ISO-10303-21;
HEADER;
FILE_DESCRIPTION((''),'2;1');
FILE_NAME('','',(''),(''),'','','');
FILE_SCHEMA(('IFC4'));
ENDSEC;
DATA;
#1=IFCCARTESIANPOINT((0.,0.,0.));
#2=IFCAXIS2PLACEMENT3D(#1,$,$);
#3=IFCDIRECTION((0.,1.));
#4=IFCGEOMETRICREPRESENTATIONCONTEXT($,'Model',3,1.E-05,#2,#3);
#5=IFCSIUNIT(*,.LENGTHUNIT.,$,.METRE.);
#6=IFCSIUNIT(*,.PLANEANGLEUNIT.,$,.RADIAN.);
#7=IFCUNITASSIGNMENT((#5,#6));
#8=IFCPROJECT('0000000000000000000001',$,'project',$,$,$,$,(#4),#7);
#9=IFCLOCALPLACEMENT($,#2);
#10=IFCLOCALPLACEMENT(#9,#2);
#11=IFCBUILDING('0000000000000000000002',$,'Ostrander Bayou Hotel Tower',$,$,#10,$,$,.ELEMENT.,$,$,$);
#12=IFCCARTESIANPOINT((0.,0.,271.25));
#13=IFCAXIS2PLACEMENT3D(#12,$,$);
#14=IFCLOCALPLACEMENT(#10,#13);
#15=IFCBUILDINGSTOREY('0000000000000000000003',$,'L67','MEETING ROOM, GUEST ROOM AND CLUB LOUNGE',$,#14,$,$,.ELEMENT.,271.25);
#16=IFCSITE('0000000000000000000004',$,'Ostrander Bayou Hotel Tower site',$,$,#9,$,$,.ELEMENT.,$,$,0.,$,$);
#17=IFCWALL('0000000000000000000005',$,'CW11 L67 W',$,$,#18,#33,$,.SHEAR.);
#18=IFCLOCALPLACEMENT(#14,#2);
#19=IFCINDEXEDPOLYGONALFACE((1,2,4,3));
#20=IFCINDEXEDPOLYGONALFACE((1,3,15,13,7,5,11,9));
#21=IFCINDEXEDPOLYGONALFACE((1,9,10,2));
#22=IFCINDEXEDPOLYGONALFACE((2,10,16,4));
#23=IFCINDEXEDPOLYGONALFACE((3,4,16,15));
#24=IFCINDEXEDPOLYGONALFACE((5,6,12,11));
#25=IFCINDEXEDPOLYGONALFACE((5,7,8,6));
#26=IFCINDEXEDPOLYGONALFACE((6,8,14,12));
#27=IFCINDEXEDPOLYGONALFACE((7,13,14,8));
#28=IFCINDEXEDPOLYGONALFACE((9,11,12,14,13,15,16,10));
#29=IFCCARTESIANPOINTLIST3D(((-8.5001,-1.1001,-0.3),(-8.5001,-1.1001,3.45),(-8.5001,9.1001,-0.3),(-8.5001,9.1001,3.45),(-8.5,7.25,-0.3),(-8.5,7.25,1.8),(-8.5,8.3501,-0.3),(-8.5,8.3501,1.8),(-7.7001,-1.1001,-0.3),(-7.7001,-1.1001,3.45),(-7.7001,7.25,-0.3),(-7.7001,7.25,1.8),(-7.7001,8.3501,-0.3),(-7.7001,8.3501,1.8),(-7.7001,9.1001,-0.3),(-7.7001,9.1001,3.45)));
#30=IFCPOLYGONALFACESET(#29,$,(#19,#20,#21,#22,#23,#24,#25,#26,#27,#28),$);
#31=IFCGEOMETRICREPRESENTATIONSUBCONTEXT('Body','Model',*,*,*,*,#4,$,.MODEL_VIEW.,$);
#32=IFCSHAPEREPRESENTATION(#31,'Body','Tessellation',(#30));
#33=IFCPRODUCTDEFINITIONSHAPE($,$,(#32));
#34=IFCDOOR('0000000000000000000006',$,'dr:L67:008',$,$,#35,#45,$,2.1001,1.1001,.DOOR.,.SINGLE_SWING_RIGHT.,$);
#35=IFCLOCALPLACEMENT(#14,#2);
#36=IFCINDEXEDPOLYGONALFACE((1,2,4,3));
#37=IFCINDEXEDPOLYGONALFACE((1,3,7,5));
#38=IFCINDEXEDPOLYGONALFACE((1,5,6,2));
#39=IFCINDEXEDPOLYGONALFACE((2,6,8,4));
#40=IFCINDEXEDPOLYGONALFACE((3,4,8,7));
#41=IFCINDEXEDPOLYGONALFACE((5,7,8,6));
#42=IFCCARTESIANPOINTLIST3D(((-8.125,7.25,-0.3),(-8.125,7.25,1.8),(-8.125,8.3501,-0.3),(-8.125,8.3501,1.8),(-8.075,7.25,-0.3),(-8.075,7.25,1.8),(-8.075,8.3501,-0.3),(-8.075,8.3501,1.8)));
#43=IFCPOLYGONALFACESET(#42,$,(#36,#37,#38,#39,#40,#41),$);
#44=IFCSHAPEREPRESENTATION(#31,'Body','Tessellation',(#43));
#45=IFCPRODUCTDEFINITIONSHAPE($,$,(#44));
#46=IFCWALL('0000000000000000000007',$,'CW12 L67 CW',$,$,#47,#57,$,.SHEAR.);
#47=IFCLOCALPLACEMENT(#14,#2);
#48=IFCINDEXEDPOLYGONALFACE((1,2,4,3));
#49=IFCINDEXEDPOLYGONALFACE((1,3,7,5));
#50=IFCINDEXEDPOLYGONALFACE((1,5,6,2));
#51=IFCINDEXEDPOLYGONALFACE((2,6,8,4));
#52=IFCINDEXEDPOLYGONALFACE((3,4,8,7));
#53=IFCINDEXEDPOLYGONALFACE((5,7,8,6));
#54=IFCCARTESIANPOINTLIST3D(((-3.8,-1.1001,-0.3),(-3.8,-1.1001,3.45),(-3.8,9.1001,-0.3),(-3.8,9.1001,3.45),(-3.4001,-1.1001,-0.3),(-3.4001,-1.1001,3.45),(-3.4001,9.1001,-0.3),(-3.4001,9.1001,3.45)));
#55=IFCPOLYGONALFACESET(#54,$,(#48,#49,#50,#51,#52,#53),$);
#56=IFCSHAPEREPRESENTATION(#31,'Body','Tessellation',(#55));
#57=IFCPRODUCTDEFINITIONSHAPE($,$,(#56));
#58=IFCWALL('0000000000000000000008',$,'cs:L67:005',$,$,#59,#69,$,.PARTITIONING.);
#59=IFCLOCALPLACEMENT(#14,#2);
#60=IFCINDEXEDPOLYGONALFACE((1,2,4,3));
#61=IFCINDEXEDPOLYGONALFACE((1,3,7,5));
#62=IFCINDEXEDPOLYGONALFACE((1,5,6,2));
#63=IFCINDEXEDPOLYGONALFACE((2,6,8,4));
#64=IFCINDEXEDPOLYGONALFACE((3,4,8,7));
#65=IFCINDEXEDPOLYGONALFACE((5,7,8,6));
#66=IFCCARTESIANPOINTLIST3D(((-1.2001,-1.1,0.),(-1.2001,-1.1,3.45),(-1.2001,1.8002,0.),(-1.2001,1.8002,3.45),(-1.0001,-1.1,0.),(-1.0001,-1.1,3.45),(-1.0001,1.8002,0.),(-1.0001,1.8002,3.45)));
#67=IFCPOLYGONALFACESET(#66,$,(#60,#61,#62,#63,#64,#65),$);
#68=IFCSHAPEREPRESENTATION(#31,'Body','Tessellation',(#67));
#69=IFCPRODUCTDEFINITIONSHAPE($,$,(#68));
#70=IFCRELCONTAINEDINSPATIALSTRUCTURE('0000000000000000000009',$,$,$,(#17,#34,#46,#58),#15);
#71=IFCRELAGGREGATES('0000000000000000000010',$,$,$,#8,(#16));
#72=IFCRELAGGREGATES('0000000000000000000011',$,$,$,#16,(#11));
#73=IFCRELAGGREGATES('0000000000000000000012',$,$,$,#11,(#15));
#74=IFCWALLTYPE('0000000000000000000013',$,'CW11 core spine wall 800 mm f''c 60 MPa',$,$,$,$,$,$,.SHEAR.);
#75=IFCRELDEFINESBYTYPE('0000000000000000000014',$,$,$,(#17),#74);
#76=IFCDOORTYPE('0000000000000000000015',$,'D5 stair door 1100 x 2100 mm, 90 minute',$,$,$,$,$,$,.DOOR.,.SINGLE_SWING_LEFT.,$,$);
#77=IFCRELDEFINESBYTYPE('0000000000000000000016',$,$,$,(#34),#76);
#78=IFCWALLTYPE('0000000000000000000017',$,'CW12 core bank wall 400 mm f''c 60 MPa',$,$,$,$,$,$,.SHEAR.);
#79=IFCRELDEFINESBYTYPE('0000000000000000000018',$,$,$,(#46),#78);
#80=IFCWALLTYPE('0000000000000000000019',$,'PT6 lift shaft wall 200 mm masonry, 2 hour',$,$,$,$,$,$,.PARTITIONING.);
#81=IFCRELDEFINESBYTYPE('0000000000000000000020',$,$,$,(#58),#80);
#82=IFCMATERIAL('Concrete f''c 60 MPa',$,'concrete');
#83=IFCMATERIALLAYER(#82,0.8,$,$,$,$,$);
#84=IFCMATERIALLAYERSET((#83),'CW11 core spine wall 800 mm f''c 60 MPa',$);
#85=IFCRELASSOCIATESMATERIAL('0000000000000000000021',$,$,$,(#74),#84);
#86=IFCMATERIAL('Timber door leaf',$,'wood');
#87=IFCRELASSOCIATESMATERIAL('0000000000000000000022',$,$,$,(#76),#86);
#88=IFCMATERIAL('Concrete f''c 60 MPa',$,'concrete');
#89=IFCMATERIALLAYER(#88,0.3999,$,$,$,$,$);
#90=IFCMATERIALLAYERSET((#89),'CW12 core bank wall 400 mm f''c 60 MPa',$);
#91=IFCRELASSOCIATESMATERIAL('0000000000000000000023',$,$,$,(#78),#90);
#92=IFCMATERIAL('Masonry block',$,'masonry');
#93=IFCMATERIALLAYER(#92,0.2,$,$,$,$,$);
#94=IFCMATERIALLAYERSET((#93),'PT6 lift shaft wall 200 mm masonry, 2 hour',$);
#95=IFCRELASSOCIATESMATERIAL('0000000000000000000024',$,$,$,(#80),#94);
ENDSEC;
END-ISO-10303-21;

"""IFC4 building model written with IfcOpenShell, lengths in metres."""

from ifc_helpers import new_model, si_unit, direction, frame, frame_2d, origin, place, context, subcontext, project, spatial, rectangle, extrude, material, layer, layer_set, type_object, element, fill, save


model = new_model("IFC4")

# Units and contexts
model_context = context("Model", 3, precision=1e-05, world=origin(), true_north=direction((0.0, 1.0)))
body_context = subcontext(model_context, "Body", "Model", "MODEL_VIEW")
ifc_project = project(units=[si_unit("LENGTHUNIT", "METRE"), si_unit("PLANEANGLEUNIT", "RADIAN")], contexts=[model_context])

# Site, building, storey
site_placement = place(None, origin())
site = spatial("IfcSite", under=ifc_project, at=site_placement, Name="Ostrander Bayou Hotel Tower site", CompositionType="ELEMENT", RefElevation=0.0)
building_placement = place(site_placement, origin())
building = spatial("IfcBuilding", under=site, at=building_placement, Name="Ostrander Bayou Hotel Tower", CompositionType="ELEMENT")
storey_placement = place(building_placement, frame((0.0, 0.0, 271.25)))
storey = spatial("IfcBuildingStorey", under=building, at=storey_placement, Name="L67", Description="MEETING ROOM, GUEST ROOM AND CLUB LOUNGE", CompositionType="ELEMENT", Elevation=271.25)

# Wall, opening, door
ifc_material_1 = material(Name="Concrete f'c 60 MPa", Category="concrete")
ifc_layer_1 = layer(ifc_material_1, 0.8)
ifc_layer_set_1 = layer_set([ifc_layer_1], Name="CW11 core spine wall 800 mm f'c 60 MPa")
wall_type_1 = type_object("IfcWallType", Name="CW11 core spine wall 800 mm f'c 60 MPa", PredefinedType="SHEAR", material=ifc_layer_set_1)
wall_1_placement = place(storey_placement, frame((-8.1001, -1.1001, -0.3), z_axis=(0.0, 0.0, 1.0), x_axis=(0.0, 1.0, 0.0)))
wall_1 = element("IfcWall", 1, at=wall_1_placement, inside=storey, type_object=wall_type_1, Name="CW11 L67 W", PredefinedType="SHEAR", context=body_context, shape_type="SweptSolid", body=[
    extrude(rectangle(XDim=10.2002, YDim=0.8, at=frame_2d((5.1001, 0.0))), origin(), (0.0, 0.0, 1.0), 3.75),
])
opening_placement = place(wall_1_placement, frame((8.3501, 0.0, 0.0)))
opening = element("IfcOpeningElement", 2, at=opening_placement, cuts=wall_1, PredefinedType="OPENING", context=body_context, shape_type="SweptSolid", body=[
    extrude(rectangle(XDim=1.1001, YDim=2.1001, at=frame_2d((0.55, 1.05))), frame((0.0, 0.3999, 0.0), z_axis=(0.0, -1.0, 0.0), x_axis=(1.0, 0.0, 0.0)), (0.0, 0.0, 1.0), 0.8),
])
ifc_material_2 = material(Name="Timber door leaf", Category="wood")
door_type = type_object("IfcDoorType", Name="D5 stair door 1100 x 2100 mm, 90 minute", OperationType="SINGLE_SWING_LEFT", PredefinedType="DOOR", material=ifc_material_2)
door_placement = place(opening_placement, origin())
door = element("IfcDoor", 3, at=door_placement, inside=storey, type_object=door_type, Name="dr:L67:008", OperationType="SINGLE_SWING_RIGHT", OverallHeight=2.1001, OverallWidth=1.1001, PredefinedType="DOOR", context=body_context, shape_type="SweptSolid", body=[
    extrude(rectangle(XDim=1.1001, YDim=2.1001, at=frame_2d((0.55, 1.05))), frame((0.0, 0.0249, 0.0), z_axis=(0.0, -1.0, 0.0), x_axis=(1.0, 0.0, 0.0)), (0.0, 0.0, 1.0), 0.05),
])
fill(opening, door)

# Walls
ifc_material_3 = material(Name="Concrete f'c 60 MPa", Category="concrete")
ifc_layer_2 = layer(ifc_material_3, 0.3999)
ifc_layer_set_2 = layer_set([ifc_layer_2], Name="CW12 core bank wall 400 mm f'c 60 MPa")
wall_type_2 = type_object("IfcWallType", Name="CW12 core bank wall 400 mm f'c 60 MPa", PredefinedType="SHEAR", material=ifc_layer_set_2)
wall_2_placement = place(storey_placement, frame((-3.6001, -1.1001, -0.3), z_axis=(0.0, 0.0, 1.0), x_axis=(0.0, 1.0, 0.0)))
element("IfcWall", 4, at=wall_2_placement, inside=storey, type_object=wall_type_2, Name="CW12 L67 CW", PredefinedType="SHEAR", context=body_context, shape_type="SweptSolid", body=[
    extrude(rectangle(XDim=10.2002, YDim=0.3999, at=frame_2d((5.1001, 0.0))), origin(), (0.0, 0.0, 1.0), 3.75),
])
ifc_material_4 = material(Name="Masonry block", Category="masonry")
ifc_layer_3 = layer(ifc_material_4, 0.2)
ifc_layer_set_3 = layer_set([ifc_layer_3], Name="PT6 lift shaft wall 200 mm masonry, 2 hour")
wall_type_3 = type_object("IfcWallType", Name="PT6 lift shaft wall 200 mm masonry, 2 hour", PredefinedType="PARTITIONING", material=ifc_layer_set_3)
wall_3_placement = place(storey_placement, frame((-1.1001, -1.1001, 0.0), z_axis=(0.0, 0.0, 1.0), x_axis=(0.0, 1.0, 0.0)))
element("IfcWall", 5, at=wall_3_placement, inside=storey, type_object=wall_type_3, Name="cs:L67:005", PredefinedType="PARTITIONING", context=body_context, shape_type="SweptSolid", body=[
    extrude(rectangle(XDim=2.9001, YDim=0.2, at=frame_2d((1.4502, 0.0))), origin(), (0.0, 0.0, 1.0), 3.45),
])

save(model, "model.ifc")
